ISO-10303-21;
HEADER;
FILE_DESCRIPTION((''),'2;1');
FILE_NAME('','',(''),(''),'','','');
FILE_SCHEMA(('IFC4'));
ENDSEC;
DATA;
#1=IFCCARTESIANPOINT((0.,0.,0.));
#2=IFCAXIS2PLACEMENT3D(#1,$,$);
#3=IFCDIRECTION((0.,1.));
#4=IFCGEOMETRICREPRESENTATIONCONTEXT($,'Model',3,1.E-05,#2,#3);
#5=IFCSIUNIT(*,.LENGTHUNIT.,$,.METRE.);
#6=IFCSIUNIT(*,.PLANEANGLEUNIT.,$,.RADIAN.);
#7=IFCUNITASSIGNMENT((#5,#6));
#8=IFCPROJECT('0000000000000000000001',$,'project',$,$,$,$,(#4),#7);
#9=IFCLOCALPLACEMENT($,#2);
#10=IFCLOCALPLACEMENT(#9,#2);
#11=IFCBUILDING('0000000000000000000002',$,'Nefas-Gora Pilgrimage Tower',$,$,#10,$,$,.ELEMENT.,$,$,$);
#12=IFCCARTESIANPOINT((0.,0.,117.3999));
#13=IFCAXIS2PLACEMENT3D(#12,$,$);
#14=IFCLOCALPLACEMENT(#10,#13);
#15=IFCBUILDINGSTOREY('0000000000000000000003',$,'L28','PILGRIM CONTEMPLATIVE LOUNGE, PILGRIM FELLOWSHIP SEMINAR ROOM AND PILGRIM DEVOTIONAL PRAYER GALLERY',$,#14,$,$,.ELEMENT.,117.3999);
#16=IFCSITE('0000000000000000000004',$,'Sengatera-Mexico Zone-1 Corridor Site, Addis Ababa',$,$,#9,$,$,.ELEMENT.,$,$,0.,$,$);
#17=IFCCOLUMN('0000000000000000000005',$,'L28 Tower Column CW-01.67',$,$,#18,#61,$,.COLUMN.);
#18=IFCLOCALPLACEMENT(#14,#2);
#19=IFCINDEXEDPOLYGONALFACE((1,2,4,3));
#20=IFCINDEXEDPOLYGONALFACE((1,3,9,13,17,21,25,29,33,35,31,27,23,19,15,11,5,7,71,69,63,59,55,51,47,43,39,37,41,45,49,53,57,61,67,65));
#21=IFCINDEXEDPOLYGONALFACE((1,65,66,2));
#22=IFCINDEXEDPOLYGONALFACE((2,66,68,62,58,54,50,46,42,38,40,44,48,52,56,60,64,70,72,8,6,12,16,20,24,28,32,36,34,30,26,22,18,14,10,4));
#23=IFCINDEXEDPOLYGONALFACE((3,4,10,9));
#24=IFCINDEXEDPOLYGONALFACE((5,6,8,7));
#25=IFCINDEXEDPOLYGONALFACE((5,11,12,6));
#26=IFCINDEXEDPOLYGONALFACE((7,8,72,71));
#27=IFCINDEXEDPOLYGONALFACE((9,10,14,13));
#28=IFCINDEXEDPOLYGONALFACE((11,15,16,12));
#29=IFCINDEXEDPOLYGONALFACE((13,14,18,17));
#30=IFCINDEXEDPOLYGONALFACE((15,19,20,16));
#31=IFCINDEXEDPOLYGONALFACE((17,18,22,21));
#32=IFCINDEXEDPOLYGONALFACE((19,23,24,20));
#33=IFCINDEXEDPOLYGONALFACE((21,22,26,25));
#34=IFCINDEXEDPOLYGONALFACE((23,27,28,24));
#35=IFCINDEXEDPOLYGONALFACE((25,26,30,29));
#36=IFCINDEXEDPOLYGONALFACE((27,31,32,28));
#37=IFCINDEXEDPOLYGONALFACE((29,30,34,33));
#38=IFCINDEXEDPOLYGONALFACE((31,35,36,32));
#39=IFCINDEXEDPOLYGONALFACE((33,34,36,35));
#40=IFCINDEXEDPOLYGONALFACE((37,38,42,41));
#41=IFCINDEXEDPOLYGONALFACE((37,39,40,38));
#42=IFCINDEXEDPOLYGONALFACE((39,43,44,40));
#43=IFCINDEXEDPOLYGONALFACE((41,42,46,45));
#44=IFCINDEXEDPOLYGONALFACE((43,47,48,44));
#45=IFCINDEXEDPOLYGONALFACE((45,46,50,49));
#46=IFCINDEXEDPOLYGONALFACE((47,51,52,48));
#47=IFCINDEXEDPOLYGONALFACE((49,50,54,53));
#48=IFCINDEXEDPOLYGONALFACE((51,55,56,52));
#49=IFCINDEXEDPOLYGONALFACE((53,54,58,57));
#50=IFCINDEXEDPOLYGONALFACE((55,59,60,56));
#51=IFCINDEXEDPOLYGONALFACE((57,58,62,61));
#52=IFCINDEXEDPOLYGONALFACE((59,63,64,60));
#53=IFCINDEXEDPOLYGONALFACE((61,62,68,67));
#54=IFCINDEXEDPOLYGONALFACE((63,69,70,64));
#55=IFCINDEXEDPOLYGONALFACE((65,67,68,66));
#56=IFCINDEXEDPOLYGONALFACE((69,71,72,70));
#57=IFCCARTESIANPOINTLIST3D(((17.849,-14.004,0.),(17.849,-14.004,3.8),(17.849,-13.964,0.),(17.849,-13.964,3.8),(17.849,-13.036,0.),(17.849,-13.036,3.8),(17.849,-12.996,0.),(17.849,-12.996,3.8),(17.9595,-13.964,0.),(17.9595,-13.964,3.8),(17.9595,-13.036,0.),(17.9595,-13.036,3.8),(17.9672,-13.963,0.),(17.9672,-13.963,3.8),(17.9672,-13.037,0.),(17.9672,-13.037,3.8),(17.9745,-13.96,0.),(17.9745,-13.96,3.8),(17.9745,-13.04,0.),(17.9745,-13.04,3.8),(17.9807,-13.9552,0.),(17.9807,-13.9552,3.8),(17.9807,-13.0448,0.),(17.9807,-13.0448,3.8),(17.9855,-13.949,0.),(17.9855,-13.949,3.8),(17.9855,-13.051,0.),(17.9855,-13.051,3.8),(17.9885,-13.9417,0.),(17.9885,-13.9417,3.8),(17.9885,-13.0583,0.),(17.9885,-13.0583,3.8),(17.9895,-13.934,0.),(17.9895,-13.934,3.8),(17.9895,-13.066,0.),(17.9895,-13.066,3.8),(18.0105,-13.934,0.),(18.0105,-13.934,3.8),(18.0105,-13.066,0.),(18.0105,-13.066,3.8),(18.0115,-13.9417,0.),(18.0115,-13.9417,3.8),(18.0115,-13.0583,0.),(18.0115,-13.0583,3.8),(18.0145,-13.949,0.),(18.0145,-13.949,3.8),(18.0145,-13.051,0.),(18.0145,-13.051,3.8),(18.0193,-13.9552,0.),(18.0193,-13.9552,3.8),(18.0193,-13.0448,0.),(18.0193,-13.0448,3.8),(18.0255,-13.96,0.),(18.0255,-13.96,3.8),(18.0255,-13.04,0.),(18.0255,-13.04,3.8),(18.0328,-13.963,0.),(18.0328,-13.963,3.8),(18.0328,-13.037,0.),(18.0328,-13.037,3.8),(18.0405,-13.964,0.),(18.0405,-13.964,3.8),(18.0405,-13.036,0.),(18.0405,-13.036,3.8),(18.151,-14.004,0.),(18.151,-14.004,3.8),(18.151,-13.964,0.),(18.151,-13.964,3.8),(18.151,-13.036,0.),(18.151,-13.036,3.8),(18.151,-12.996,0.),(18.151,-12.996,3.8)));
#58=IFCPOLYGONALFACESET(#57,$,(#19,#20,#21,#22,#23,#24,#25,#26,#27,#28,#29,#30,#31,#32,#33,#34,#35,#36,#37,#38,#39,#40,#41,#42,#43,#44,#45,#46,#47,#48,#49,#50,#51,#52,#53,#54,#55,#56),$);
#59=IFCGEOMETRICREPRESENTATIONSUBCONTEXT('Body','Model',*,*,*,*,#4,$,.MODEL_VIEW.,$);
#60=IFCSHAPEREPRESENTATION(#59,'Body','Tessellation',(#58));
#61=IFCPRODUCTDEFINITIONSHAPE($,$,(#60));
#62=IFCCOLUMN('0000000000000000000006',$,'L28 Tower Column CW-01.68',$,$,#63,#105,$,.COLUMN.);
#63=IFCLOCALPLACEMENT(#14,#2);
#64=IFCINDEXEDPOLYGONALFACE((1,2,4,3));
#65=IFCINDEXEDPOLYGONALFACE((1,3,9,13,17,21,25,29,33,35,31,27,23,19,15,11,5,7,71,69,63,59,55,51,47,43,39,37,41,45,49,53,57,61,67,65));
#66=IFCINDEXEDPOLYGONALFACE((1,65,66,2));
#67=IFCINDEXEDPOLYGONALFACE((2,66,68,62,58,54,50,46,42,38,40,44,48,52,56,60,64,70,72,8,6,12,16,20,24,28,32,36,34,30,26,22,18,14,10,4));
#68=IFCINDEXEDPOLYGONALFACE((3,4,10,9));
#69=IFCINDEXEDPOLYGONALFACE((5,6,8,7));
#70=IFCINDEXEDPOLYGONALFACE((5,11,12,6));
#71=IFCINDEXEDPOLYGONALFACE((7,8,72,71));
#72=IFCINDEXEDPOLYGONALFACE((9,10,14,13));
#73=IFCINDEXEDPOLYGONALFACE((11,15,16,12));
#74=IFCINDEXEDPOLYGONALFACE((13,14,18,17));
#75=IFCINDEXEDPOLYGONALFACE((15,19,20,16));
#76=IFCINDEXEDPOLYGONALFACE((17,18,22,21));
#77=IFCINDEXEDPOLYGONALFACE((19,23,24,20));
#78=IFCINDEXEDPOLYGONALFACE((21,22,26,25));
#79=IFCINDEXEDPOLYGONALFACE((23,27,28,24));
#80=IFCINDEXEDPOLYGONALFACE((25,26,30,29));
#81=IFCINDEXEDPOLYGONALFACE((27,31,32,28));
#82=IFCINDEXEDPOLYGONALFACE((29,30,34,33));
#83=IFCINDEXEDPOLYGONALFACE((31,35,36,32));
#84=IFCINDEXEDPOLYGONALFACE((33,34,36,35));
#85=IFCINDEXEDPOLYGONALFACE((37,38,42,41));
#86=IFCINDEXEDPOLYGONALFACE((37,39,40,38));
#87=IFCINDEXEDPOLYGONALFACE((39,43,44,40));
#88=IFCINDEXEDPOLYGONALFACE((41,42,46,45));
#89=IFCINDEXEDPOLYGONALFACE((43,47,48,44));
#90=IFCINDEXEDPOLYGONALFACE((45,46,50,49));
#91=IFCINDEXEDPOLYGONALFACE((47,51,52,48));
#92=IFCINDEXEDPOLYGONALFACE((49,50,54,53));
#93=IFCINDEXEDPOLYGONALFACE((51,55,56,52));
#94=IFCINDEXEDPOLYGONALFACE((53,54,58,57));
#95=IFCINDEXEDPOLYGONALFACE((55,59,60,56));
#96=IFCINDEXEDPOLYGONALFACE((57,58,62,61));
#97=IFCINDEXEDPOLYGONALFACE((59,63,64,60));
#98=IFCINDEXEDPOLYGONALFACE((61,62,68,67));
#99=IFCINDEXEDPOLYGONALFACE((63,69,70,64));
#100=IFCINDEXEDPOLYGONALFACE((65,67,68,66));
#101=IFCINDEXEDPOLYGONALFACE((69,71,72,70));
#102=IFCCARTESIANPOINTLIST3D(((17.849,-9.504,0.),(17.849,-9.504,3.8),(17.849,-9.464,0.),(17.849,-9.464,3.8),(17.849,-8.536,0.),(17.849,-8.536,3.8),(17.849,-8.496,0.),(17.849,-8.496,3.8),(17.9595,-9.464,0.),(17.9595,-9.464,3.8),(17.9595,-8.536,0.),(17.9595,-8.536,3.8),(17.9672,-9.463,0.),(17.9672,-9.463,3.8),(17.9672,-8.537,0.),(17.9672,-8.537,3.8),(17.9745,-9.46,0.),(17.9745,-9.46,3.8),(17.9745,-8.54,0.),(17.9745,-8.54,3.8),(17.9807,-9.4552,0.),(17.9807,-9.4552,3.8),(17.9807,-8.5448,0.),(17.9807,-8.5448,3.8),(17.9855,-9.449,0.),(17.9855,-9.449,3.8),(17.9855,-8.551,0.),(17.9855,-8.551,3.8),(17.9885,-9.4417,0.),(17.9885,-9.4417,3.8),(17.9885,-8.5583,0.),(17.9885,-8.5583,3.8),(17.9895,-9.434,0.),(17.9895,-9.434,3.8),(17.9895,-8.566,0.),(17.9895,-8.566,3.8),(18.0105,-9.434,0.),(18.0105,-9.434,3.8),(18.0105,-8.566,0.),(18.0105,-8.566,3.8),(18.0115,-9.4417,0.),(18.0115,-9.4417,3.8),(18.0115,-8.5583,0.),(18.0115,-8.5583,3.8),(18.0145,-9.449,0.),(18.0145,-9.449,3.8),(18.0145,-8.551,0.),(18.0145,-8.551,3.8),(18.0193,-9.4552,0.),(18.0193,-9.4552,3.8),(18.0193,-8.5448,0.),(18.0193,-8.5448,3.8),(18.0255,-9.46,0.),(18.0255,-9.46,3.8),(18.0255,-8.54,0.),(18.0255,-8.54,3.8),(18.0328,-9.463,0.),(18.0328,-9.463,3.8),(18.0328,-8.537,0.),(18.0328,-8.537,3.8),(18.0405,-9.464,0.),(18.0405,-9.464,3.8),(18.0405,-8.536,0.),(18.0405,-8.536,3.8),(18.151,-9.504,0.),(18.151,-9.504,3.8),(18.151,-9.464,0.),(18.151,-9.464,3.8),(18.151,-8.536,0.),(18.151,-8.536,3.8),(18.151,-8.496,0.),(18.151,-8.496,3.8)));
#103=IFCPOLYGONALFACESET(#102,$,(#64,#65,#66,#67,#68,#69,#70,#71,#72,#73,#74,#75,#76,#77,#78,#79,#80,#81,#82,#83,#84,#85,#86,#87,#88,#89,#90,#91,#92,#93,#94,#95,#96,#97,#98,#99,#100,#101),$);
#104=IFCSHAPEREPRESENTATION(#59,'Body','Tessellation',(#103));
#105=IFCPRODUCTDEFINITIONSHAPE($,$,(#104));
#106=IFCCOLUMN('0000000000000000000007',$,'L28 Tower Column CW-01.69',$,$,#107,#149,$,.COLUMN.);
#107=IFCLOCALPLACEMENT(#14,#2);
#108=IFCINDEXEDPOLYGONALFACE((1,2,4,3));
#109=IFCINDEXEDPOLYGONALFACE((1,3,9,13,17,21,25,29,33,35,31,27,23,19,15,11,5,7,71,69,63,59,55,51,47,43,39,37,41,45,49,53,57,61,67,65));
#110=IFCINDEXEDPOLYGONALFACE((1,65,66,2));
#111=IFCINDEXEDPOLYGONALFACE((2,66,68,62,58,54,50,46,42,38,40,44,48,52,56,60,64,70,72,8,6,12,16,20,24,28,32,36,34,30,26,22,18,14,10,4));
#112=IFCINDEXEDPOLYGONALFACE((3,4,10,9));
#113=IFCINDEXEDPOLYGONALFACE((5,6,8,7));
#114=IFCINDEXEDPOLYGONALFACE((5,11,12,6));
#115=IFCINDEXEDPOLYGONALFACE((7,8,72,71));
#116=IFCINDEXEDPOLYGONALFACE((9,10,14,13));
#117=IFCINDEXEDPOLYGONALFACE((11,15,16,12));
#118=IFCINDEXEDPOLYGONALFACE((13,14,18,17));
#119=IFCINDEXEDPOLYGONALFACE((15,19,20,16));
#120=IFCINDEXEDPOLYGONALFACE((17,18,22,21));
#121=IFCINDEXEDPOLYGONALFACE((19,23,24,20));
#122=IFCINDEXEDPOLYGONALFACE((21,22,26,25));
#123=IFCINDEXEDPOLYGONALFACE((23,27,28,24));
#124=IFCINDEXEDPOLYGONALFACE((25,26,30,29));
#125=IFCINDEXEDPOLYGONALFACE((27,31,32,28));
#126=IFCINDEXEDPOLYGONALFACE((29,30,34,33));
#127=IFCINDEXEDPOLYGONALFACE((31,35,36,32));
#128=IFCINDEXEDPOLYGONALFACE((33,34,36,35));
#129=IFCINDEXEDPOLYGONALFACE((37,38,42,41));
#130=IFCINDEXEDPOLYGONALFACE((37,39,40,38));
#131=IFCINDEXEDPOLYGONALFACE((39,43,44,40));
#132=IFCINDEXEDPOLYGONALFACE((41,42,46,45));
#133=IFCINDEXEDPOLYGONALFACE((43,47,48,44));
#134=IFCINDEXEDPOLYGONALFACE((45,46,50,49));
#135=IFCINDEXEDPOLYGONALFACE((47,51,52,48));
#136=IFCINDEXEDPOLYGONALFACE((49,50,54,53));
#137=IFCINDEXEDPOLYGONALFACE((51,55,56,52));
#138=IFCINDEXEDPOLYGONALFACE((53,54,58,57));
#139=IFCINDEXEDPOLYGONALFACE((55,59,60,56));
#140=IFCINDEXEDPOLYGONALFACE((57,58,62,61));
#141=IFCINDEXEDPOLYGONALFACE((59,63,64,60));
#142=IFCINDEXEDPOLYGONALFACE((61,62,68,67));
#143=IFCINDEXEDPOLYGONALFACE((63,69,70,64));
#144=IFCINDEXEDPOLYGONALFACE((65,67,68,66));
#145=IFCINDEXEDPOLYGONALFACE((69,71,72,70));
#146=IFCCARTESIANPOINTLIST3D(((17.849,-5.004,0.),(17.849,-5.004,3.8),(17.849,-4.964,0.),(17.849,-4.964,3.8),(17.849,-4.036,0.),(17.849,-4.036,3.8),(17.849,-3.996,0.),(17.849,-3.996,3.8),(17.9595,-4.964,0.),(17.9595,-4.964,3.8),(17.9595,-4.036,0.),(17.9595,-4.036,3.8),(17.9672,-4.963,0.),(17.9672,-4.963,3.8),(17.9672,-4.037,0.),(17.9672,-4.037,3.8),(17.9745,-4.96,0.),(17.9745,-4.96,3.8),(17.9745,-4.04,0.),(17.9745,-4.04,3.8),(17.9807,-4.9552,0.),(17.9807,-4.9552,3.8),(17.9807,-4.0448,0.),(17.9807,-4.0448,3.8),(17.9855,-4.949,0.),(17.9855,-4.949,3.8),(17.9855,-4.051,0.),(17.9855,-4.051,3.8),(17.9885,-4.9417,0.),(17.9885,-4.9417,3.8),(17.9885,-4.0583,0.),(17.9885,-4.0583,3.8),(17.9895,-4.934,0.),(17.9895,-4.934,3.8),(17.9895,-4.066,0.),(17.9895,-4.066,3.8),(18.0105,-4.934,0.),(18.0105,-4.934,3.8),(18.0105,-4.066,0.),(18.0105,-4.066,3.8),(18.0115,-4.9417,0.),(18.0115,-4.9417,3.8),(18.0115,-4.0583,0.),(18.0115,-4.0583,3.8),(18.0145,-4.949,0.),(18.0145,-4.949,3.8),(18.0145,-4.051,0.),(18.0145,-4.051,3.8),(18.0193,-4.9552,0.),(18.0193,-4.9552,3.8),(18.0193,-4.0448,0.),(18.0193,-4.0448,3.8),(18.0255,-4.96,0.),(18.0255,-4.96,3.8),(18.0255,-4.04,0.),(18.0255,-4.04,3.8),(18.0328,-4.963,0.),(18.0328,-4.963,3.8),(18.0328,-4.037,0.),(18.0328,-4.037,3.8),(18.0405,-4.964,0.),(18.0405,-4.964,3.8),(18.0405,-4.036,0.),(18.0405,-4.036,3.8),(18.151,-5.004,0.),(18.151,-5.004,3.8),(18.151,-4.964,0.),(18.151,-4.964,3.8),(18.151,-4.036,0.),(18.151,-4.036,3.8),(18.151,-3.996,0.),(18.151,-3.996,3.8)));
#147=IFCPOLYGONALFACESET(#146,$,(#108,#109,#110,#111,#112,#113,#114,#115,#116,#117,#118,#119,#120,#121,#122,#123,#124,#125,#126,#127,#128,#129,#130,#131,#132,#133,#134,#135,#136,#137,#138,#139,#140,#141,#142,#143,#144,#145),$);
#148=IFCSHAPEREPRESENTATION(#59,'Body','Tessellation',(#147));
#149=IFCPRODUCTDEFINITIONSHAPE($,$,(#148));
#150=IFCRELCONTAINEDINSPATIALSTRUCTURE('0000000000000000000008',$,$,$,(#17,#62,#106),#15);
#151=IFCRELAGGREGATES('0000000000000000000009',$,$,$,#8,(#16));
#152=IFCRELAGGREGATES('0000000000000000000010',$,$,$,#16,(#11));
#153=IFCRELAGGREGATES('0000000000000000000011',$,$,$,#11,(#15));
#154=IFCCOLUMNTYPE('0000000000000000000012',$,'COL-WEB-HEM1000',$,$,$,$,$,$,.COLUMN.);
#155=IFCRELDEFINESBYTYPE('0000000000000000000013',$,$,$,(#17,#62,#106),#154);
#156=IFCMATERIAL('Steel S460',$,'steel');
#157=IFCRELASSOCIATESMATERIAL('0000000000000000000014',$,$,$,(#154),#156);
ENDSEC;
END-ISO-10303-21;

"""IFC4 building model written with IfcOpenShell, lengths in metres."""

from ifc_helpers import new_model, si_unit, direction, frame, origin, origin_2d, place, context, subcontext, project, spatial, i_section, extrude, source, transform, mapped, material, material_profile, profile_set, type_object, element, save


model = new_model("IFC4")

# Units and contexts
model_context = context("Model", 3, precision=1e-05, world=origin(), true_north=direction((0.0, 1.0)))
body_context = subcontext(model_context, "Body", "Model", "MODEL_VIEW")
ifc_project = project(units=[si_unit("LENGTHUNIT", "METRE"), si_unit("PLANEANGLEUNIT", "RADIAN")], contexts=[model_context])

# Site, building, storey
site_placement = place(None, origin())
site = spatial("IfcSite", under=ifc_project, at=site_placement, Name="Sengatera-Mexico Zone-1 Corridor Site, Addis Ababa", CompositionType="ELEMENT", RefElevation=0.0)
building_placement = place(site_placement, origin())
building = spatial("IfcBuilding", under=site, at=building_placement, Name="Nefas-Gora Pilgrimage Tower", CompositionType="ELEMENT")
storey_placement = place(building_placement, frame((0.0, 0.0, 117.3999)))
storey = spatial("IfcBuildingStorey", under=building, at=storey_placement, Name="L28", Description="PILGRIM CONTEMPLATIVE LOUNGE, PILGRIM FELLOWSHIP SEMINAR ROOM AND PILGRIM DEVOTIONAL PRAYER GALLERY", CompositionType="ELEMENT", Elevation=117.3999)

# Columns
ifc_material_1 = material(Name="Steel S460", Category="steel")
ifc_material_profile_1 = material_profile(ifc_material_1, i_section(OverallWidth=0.302, OverallDepth=1.0081, WebThickness=0.021, FlangeThickness=0.04, FilletRadius=0.03, at=origin_2d()), Name="HEM 1000")
ifc_profile_set_1 = profile_set([ifc_material_profile_1], Name="Steel S460")
column_type_1 = type_object("IfcColumnType", Name="COL-WEB-HEM1000", PredefinedType="COLUMN", material=ifc_profile_set_1)
shared_shape_1 = source(origin(), body_context, "Body", "SweptSolid", [
    extrude(i_section(OverallWidth=0.302, OverallDepth=1.0081, WebThickness=0.021, FlangeThickness=0.04, FilletRadius=0.03, at=origin_2d()), origin(), (0.0, 0.0, 1.0), 3.8),
])
for number, where, z_axis, x_axis, name in (
    (1, (18.0, -13.5, 0.0), (0.0, 0.0, 1.0), (1.0, 0.0, 0.0), "L28 Tower Column CW-01.67"),
    (2, (18.0, -9.0, 0.0), (0.0, 0.0, 1.0), (1.0, 0.0, 0.0), "L28 Tower Column CW-01.68"),
    (3, (18.0, -4.5, 0.0), (0.0, 0.0, 1.0), (1.0, 0.0, 0.0), "L28 Tower Column CW-01.69"),
):
    element("IfcColumn", number, at=place(storey_placement, frame(where, z_axis=z_axis, x_axis=x_axis)), inside=storey, type_object=column_type_1, Name=name, PredefinedType="COLUMN", context=body_context, shape_type="MappedRepresentation", body=[
        mapped(shared_shape_1, transform((0.0, 0.0, 0.0), x_axis=(1.0, 0.0, 0.0), y_axis=(0.0, 1.0, 0.0), z_axis=(0.0, 0.0, 1.0), scale=1.0)),
    ])

save(model, "model.ifc")
